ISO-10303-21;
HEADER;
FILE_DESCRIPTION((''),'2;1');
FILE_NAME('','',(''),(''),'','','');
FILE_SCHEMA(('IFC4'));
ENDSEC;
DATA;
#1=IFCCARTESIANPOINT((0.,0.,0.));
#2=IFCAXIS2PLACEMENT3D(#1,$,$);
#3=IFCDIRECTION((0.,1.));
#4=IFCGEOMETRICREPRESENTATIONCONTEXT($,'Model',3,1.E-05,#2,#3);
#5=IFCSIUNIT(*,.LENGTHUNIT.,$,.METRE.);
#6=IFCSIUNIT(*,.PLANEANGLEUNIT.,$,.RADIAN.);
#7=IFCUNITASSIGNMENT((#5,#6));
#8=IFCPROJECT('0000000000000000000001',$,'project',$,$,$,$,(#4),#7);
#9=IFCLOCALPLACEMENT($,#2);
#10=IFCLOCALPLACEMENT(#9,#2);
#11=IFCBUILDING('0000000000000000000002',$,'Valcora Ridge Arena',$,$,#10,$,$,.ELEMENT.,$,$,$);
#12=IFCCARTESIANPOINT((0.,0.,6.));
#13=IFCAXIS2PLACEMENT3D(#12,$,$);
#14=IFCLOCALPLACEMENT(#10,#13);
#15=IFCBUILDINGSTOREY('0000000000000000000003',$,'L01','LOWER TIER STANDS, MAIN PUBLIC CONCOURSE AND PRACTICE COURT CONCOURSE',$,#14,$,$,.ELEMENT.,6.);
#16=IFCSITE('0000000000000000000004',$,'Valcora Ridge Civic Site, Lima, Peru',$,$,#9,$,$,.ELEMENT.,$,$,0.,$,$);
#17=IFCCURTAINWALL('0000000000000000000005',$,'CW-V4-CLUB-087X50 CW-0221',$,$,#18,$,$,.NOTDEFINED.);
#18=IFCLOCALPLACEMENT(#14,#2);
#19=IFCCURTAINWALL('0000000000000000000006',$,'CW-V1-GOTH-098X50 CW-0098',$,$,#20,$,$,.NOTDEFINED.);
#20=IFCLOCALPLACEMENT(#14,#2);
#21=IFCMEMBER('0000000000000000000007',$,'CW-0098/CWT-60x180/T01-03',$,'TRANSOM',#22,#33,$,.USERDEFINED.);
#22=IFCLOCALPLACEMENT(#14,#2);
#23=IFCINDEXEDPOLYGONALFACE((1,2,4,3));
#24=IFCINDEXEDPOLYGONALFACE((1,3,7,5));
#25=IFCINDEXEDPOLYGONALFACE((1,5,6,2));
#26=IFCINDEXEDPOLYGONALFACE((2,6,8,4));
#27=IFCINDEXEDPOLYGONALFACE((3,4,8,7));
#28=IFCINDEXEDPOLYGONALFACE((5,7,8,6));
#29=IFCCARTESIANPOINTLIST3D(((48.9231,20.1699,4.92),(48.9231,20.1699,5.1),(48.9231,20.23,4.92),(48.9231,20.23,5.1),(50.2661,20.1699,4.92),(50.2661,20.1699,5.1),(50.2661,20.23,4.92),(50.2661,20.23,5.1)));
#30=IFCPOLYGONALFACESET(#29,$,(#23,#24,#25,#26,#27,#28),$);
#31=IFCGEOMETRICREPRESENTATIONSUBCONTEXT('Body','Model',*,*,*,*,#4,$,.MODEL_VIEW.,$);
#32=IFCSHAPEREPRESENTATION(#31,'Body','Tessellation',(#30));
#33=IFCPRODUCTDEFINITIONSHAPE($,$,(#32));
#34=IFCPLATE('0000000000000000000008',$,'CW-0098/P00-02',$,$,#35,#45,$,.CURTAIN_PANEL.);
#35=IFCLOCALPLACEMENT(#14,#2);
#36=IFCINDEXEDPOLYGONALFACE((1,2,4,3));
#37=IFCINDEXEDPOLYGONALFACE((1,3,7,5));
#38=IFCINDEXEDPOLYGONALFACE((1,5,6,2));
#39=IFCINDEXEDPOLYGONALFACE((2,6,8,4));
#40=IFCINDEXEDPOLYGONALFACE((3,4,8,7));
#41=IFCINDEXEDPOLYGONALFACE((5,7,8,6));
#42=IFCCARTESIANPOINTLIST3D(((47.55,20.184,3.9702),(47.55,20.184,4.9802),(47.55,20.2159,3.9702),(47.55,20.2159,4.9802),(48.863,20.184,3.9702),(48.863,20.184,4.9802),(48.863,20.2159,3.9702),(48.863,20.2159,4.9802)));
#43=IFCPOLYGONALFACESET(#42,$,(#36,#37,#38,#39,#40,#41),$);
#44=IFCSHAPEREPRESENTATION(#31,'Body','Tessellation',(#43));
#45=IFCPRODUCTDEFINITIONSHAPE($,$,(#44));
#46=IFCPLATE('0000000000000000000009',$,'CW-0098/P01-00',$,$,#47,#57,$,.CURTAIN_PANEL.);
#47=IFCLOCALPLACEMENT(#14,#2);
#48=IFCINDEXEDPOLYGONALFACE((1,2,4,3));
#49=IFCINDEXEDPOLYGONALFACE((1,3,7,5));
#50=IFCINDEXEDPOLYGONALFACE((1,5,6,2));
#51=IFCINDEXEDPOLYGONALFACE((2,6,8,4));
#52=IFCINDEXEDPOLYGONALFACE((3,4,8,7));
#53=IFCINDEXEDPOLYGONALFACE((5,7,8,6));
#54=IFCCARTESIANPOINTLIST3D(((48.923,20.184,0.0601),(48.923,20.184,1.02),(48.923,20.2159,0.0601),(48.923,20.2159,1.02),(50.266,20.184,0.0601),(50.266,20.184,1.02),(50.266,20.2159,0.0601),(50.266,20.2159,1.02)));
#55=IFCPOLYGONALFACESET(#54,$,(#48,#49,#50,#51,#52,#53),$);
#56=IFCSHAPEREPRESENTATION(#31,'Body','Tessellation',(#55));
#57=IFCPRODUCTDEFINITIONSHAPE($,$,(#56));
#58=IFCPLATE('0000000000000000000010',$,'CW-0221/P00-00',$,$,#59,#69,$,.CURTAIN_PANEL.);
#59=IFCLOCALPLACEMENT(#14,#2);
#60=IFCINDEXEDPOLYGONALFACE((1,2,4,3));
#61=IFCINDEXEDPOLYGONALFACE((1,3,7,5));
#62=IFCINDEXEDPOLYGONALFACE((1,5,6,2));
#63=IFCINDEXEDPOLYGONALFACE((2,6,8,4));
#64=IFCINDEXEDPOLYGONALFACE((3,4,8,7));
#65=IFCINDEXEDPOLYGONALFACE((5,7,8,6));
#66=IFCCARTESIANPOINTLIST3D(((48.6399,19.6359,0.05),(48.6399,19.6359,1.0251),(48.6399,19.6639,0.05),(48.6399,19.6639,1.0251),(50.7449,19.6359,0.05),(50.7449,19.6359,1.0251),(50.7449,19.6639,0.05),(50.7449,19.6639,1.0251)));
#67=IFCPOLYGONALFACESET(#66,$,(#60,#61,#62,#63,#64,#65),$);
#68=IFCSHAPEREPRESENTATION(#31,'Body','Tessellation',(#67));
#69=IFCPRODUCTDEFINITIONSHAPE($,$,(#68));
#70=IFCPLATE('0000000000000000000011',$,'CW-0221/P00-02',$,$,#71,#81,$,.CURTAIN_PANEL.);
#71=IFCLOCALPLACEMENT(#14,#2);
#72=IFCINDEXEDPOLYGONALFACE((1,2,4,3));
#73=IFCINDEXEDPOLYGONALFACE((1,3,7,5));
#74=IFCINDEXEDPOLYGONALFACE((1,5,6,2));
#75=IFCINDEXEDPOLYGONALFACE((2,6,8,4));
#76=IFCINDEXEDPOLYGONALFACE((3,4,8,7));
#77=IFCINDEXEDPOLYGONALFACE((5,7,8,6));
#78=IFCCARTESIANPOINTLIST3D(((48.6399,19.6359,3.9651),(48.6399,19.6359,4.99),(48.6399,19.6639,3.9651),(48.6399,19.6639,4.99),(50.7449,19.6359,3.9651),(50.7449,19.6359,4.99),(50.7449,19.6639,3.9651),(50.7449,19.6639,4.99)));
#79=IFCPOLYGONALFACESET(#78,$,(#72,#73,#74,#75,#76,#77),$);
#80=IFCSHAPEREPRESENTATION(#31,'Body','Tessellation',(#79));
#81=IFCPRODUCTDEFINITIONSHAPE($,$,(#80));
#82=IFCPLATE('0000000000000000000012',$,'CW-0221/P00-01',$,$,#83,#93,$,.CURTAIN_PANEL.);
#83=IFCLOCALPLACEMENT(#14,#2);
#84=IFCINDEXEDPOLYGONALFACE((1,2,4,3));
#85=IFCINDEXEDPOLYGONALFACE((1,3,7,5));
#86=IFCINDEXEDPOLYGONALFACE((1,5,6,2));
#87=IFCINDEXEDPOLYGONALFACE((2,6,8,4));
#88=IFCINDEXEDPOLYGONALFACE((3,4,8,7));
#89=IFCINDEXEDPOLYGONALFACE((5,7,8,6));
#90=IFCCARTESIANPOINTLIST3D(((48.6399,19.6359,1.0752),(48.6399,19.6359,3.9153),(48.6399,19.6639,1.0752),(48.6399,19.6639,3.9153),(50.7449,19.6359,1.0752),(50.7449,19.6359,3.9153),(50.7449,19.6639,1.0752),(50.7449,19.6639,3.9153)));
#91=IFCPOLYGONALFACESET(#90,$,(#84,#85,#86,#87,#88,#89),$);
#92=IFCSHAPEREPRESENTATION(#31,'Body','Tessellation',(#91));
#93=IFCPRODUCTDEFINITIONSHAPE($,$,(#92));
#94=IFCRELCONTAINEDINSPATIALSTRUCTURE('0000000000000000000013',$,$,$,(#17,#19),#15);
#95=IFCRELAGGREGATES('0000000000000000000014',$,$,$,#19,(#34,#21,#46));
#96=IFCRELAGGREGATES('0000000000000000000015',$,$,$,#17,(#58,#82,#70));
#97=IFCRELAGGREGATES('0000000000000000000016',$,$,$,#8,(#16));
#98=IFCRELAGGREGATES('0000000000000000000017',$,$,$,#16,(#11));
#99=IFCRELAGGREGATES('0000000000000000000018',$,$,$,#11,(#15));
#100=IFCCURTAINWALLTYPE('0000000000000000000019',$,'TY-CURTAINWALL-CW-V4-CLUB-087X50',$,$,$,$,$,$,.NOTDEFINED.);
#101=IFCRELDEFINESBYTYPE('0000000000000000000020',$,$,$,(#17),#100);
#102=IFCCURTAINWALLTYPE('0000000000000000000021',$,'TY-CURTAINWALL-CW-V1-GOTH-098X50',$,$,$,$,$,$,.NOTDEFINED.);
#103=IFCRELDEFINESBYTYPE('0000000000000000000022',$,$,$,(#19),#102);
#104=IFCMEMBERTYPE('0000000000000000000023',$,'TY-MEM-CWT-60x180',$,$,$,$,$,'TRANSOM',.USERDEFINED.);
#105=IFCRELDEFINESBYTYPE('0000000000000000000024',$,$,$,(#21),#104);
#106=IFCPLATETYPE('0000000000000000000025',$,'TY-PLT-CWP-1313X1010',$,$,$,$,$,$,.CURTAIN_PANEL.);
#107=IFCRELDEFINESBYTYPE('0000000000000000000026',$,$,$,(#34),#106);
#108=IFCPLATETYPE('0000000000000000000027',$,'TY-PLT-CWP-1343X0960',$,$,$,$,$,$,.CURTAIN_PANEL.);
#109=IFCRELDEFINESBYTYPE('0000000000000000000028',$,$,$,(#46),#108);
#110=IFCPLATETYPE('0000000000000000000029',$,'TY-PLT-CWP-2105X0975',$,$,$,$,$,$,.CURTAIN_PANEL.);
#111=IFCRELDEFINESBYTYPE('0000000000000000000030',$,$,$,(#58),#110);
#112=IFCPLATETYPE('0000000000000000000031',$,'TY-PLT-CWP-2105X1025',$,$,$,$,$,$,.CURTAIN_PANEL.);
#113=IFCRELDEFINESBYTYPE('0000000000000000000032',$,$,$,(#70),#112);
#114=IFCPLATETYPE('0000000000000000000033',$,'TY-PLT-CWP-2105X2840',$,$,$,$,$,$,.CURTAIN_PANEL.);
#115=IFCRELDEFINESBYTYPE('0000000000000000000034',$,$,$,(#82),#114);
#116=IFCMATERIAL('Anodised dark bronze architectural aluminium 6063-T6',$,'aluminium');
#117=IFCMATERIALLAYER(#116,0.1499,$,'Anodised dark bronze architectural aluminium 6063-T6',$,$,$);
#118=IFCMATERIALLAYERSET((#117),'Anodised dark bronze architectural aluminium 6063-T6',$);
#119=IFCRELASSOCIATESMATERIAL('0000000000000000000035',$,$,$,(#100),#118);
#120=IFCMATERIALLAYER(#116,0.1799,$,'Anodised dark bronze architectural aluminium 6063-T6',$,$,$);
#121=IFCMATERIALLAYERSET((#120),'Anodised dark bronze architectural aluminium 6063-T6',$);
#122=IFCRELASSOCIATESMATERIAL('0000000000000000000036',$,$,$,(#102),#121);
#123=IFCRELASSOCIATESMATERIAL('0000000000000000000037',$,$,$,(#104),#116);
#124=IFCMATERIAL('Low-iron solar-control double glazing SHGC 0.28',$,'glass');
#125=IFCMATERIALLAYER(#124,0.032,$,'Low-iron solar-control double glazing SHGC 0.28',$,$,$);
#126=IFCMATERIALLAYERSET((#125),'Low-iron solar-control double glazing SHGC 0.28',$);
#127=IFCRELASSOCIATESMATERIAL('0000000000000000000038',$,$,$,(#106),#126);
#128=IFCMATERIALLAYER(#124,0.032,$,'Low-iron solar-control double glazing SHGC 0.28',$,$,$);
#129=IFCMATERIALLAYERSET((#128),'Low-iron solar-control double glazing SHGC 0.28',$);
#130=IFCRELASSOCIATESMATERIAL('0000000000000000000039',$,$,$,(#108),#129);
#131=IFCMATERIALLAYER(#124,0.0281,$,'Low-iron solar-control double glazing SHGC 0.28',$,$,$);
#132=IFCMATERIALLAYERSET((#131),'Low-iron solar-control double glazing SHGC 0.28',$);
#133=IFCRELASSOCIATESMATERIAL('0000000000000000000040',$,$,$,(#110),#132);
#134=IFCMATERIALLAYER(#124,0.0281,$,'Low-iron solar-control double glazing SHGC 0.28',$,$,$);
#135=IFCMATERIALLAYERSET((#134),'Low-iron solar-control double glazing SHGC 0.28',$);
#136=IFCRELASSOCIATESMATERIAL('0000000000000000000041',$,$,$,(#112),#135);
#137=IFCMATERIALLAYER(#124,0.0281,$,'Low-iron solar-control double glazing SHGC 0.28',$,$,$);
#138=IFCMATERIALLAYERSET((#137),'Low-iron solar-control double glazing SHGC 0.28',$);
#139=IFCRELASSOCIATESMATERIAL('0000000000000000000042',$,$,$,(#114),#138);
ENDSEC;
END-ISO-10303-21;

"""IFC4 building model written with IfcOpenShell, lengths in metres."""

from ifc_helpers import new_model, si_unit, direction, frame, origin, origin_2d, place, context, subcontext, project, spatial, rectangle, extrude, material, layer, layer_set, material_profile, profile_set, type_object, element, aggregate, save


model = new_model("IFC4")

# Units and contexts
model_context = context("Model", 3, precision=1e-05, world=origin(), true_north=direction((0.0, 1.0)))
body_context = subcontext(model_context, "Body", "Model", "MODEL_VIEW")
ifc_project = project(units=[si_unit("LENGTHUNIT", "METRE"), si_unit("PLANEANGLEUNIT", "RADIAN")], contexts=[model_context])

# Site, building, storey
site_placement = place(None, origin())
site = spatial("IfcSite", under=ifc_project, at=site_placement, Name="Valcora Ridge Civic Site, Lima, Peru", CompositionType="ELEMENT", RefElevation=0.0)
building_placement = place(site_placement, origin())
building = spatial("IfcBuilding", under=site, at=building_placement, Name="Valcora Ridge Arena", CompositionType="ELEMENT")
storey_placement = place(building_placement, frame((0.0, 0.0, 6.0)))
storey = spatial("IfcBuildingStorey", under=building, at=storey_placement, Name="L01", Description="LOWER TIER STANDS, MAIN PUBLIC CONCOURSE AND PRACTICE COURT CONCOURSE", CompositionType="ELEMENT", Elevation=6.0)

# Curtain wall
ifc_material_1 = material(Name="Anodised dark bronze architectural aluminium 6063-T6", Category="aluminium")
ifc_layer_1 = layer(ifc_material_1, 0.1499, Name="Anodised dark bronze architectural aluminium 6063-T6")
ifc_layer_set_1 = layer_set([ifc_layer_1], Name="Anodised dark bronze architectural aluminium 6063-T6")
curtain_wall_type_1 = type_object("IfcCurtainWallType", Name="TY-CURTAINWALL-CW-V4-CLUB-087X50", PredefinedType="NOTDEFINED", material=ifc_layer_set_1)
curtain_wall_1_placement = place(storey_placement, origin())
curtain_wall_1 = element("IfcCurtainWall", 1, at=curtain_wall_1_placement, inside=storey, type_object=curtain_wall_type_1, Name="CW-V4-CLUB-087X50 CW-0221", PredefinedType="NOTDEFINED")

# Curtain wall
ifc_layer_2 = layer(ifc_material_1, 0.1799, Name="Anodised dark bronze architectural aluminium 6063-T6")
ifc_layer_set_2 = layer_set([ifc_layer_2], Name="Anodised dark bronze architectural aluminium 6063-T6")
curtain_wall_type_2 = type_object("IfcCurtainWallType", Name="TY-CURTAINWALL-CW-V1-GOTH-098X50", PredefinedType="NOTDEFINED", material=ifc_layer_set_2)
curtain_wall_2_placement = place(storey_placement, origin())
curtain_wall_2 = element("IfcCurtainWall", 2, at=curtain_wall_2_placement, inside=storey, type_object=curtain_wall_type_2, Name="CW-V1-GOTH-098X50 CW-0098", PredefinedType="NOTDEFINED")

# Member
ifc_material_profile_1 = material_profile(ifc_material_1, rectangle(XDim=0.0601, YDim=0.1799, at=origin_2d()), Name="ALU TRANSOM 60x180")
ifc_profile_set_1 = profile_set([ifc_material_profile_1], Name="Anodised dark bronze architectural aluminium 6063-T6")
member_type_1 = type_object("IfcMemberType", Name="TY-MEM-CWT-60x180", ElementType="TRANSOM", PredefinedType="USERDEFINED", material=ifc_profile_set_1)
member_1_placement = place(storey_placement, frame((48.9231, 20.2, 5.01), z_axis=(1.0, 0.0, 0.0), x_axis=(0.0, 1.0, 0.0)))
member_1 = element("IfcMember", 3, at=member_1_placement, type_object=member_type_1, Name="CW-0098/CWT-60x180/T01-03", ObjectType="TRANSOM", PredefinedType="USERDEFINED", context=body_context, shape_type="SweptSolid", body=[
    extrude(rectangle(XDim=0.0601, YDim=0.1799, at=origin_2d()), origin(), (0.0, 0.0, 1.0), 1.343),
])

# Plates
ifc_material_2 = material(Name="Low-iron solar-control double glazing SHGC 0.28", Category="glass")
ifc_layer_3 = layer(ifc_material_2, 0.032, Name="Low-iron solar-control double glazing SHGC 0.28")
ifc_layer_set_3 = layer_set([ifc_layer_3], Name="Low-iron solar-control double glazing SHGC 0.28")
plate_type_1 = type_object("IfcPlateType", Name="TY-PLT-CWP-1313X1010", PredefinedType="CURTAIN_PANEL", material=ifc_layer_set_3)
plate_1_placement = place(storey_placement, frame((48.2065, 20.2, 3.9702), z_axis=(0.0, 0.0, 1.0), x_axis=(1.0, 0.0, 0.0)))
plate_1 = element("IfcPlate", 4, at=plate_1_placement, type_object=plate_type_1, Name="CW-0098/P00-02", PredefinedType="CURTAIN_PANEL", context=body_context, shape_type="SweptSolid", body=[
    extrude(rectangle(XDim=1.313, YDim=0.032, at=origin_2d()), origin(), (0.0, 0.0, 1.0), 1.01),
])
ifc_layer_4 = layer(ifc_material_2, 0.032, Name="Low-iron solar-control double glazing SHGC 0.28")
ifc_layer_set_4 = layer_set([ifc_layer_4], Name="Low-iron solar-control double glazing SHGC 0.28")
plate_type_2 = type_object("IfcPlateType", Name="TY-PLT-CWP-1343X0960", PredefinedType="CURTAIN_PANEL", material=ifc_layer_set_4)
plate_2_placement = place(storey_placement, frame((49.5945, 20.2, 0.0601), z_axis=(0.0, 0.0, 1.0), x_axis=(1.0, 0.0, 0.0)))
plate_2 = element("IfcPlate", 5, at=plate_2_placement, type_object=plate_type_2, Name="CW-0098/P01-00", PredefinedType="CURTAIN_PANEL", context=body_context, shape_type="SweptSolid", body=[
    extrude(rectangle(XDim=1.343, YDim=0.032, at=origin_2d()), origin(), (0.0, 0.0, 1.0), 0.96),
])
aggregate(curtain_wall_2, [plate_1, member_1, plate_2])
ifc_layer_5 = layer(ifc_material_2, 0.0281, Name="Low-iron solar-control double glazing SHGC 0.28")
ifc_layer_set_5 = layer_set([ifc_layer_5], Name="Low-iron solar-control double glazing SHGC 0.28")
plate_type_3 = type_object("IfcPlateType", Name="TY-PLT-CWP-2105X0975", PredefinedType="CURTAIN_PANEL", material=ifc_layer_set_5)
plate_3_placement = place(storey_placement, frame((49.6924, 19.6499, 0.05), z_axis=(0.0, 0.0, 1.0), x_axis=(1.0, 0.0, 0.0)))
plate_3 = element("IfcPlate", 6, at=plate_3_placement, type_object=plate_type_3, Name="CW-0221/P00-00", PredefinedType="CURTAIN_PANEL", context=body_context, shape_type="SweptSolid", body=[
    extrude(rectangle(XDim=2.105, YDim=0.0281, at=origin_2d()), origin(), (0.0, 0.0, 1.0), 0.9751),
])
ifc_layer_6 = layer(ifc_material_2, 0.0281, Name="Low-iron solar-control double glazing SHGC 0.28")
ifc_layer_set_6 = layer_set([ifc_layer_6], Name="Low-iron solar-control double glazing SHGC 0.28")
plate_type_4 = type_object("IfcPlateType", Name="TY-PLT-CWP-2105X1025", PredefinedType="CURTAIN_PANEL", material=ifc_layer_set_6)
plate_4_placement = place(storey_placement, frame((49.6924, 19.6499, 3.9651), z_axis=(0.0, 0.0, 1.0), x_axis=(1.0, 0.0, 0.0)))
plate_4 = element("IfcPlate", 7, at=plate_4_placement, type_object=plate_type_4, Name="CW-0221/P00-02", PredefinedType="CURTAIN_PANEL", context=body_context, shape_type="SweptSolid", body=[
    extrude(rectangle(XDim=2.105, YDim=0.0281, at=origin_2d()), origin(), (0.0, 0.0, 1.0), 1.0249),
])
ifc_layer_7 = layer(ifc_material_2, 0.0281, Name="Low-iron solar-control double glazing SHGC 0.28")
ifc_layer_set_7 = layer_set([ifc_layer_7], Name="Low-iron solar-control double glazing SHGC 0.28")
plate_type_5 = type_object("IfcPlateType", Name="TY-PLT-CWP-2105X2840", PredefinedType="CURTAIN_PANEL", material=ifc_layer_set_7)
plate_5_placement = place(storey_placement, frame((49.6924, 19.6499, 1.0752), z_axis=(0.0, 0.0, 1.0), x_axis=(1.0, 0.0, 0.0)))
plate_5 = element("IfcPlate", 8, at=plate_5_placement, type_object=plate_type_5, Name="CW-0221/P00-01", PredefinedType="CURTAIN_PANEL", context=body_context, shape_type="SweptSolid", body=[
    extrude(rectangle(XDim=2.105, YDim=0.0281, at=origin_2d()), origin(), (0.0, 0.0, 1.0), 2.8401),
])
aggregate(curtain_wall_1, [plate_3, plate_5, plate_4])

save(model, "model.ifc")
